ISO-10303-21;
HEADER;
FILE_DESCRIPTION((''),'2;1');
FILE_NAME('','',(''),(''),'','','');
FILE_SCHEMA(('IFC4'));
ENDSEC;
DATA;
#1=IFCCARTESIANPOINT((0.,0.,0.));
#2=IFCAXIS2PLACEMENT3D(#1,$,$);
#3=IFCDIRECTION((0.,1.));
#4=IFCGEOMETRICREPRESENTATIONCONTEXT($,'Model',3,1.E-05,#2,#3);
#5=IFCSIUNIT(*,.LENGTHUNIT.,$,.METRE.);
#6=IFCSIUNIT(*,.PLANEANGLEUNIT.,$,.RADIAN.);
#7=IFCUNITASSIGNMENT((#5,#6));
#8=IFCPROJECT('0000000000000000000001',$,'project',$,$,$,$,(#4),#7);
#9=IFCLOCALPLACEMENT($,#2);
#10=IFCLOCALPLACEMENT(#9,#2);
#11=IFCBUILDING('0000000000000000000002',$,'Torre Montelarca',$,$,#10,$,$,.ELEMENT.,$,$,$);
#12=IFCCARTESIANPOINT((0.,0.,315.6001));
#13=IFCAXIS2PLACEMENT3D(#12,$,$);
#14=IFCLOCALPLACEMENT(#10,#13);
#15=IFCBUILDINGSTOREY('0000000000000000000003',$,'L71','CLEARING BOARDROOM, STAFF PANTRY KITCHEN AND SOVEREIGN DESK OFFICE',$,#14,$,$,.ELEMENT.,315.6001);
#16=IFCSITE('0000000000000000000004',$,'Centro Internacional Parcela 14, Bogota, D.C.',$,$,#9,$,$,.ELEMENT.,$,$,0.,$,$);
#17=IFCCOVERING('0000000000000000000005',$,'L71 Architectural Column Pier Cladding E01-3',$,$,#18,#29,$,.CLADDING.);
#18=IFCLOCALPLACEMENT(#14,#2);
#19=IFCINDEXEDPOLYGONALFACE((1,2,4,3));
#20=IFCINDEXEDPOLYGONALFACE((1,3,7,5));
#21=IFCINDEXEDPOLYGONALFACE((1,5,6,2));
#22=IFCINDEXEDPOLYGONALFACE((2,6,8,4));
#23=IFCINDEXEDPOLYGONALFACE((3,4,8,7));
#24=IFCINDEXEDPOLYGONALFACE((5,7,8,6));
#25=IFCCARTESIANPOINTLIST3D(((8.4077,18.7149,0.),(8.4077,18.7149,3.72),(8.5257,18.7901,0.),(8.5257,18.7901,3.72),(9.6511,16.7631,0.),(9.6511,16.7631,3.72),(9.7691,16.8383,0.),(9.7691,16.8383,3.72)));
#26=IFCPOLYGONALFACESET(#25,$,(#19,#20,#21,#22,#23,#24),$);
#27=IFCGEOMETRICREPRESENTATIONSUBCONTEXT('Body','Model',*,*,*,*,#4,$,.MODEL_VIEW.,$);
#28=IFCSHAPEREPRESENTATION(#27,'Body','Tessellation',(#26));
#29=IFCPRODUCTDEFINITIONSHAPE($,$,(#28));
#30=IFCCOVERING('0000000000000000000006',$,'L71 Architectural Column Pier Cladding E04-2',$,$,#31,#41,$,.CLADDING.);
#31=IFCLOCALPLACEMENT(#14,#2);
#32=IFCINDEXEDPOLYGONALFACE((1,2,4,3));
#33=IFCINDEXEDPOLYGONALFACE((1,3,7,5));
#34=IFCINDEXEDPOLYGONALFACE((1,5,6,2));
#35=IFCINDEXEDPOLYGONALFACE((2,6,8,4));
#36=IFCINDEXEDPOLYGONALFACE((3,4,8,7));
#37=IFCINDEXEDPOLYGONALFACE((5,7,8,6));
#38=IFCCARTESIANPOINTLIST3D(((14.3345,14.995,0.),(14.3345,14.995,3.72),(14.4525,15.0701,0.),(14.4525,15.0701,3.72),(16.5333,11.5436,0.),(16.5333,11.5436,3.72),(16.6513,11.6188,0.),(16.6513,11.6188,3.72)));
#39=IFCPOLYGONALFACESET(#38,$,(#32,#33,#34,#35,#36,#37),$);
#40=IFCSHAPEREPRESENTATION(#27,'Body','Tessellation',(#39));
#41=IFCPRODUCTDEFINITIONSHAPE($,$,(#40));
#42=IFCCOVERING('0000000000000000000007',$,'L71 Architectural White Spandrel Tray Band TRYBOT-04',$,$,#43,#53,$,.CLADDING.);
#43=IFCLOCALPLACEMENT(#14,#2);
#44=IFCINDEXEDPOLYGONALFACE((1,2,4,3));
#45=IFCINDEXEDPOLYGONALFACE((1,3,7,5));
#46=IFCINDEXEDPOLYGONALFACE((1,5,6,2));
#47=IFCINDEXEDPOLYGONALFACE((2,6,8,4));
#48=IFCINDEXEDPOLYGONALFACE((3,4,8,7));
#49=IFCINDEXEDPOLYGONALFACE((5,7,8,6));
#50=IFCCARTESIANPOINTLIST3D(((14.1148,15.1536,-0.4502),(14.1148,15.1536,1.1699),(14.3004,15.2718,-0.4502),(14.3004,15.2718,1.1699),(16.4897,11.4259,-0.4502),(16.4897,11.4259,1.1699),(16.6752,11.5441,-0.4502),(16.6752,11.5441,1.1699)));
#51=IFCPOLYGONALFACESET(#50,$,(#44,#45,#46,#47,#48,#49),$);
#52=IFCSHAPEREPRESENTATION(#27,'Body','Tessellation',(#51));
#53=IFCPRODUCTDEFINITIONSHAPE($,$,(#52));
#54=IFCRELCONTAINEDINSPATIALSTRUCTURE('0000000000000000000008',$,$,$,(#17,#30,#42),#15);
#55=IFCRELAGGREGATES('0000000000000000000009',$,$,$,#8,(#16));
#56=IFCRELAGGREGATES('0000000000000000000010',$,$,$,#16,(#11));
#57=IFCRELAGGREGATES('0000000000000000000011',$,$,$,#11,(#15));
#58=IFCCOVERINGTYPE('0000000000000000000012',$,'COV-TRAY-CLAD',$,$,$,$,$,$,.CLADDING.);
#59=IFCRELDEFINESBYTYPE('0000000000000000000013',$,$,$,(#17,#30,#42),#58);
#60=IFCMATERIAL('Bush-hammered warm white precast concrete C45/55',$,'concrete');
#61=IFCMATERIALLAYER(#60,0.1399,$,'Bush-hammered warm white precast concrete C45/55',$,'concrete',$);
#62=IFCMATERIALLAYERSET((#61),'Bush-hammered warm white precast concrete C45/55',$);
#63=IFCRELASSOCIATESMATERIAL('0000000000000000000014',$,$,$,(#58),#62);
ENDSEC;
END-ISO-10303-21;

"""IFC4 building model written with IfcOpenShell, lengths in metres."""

from ifc_helpers import new_model, si_unit, direction, frame, origin, origin_2d, place, context, subcontext, project, spatial, rectangle, extrude, source, transform, mapped, material, layer, layer_set, type_object, element, save


model = new_model("IFC4")

# Units and contexts
model_context = context("Model", 3, precision=1e-05, world=origin(), true_north=direction((0.0, 1.0)))
body_context = subcontext(model_context, "Body", "Model", "MODEL_VIEW")
ifc_project = project(units=[si_unit("LENGTHUNIT", "METRE"), si_unit("PLANEANGLEUNIT", "RADIAN")], contexts=[model_context])

# Site, building, storey
site_placement = place(None, origin())
site = spatial("IfcSite", under=ifc_project, at=site_placement, Name="Centro Internacional Parcela 14, Bogota, D.C.", CompositionType="ELEMENT", RefElevation=0.0)
building_placement = place(site_placement, origin())
building = spatial("IfcBuilding", under=site, at=building_placement, Name="Torre Montelarca", CompositionType="ELEMENT")
storey_placement = place(building_placement, frame((0.0, 0.0, 315.6001)))
storey = spatial("IfcBuildingStorey", under=building, at=storey_placement, Name="L71", Description="CLEARING BOARDROOM, STAFF PANTRY KITCHEN AND SOVEREIGN DESK OFFICE", CompositionType="ELEMENT", Elevation=315.6001)

# Coverings
ifc_material_1 = material(Name="Bush-hammered warm white precast concrete C45/55", Category="concrete")
ifc_layer_1 = layer(ifc_material_1, 0.1399, Name="Bush-hammered warm white precast concrete C45/55", Category="concrete")
ifc_layer_set_1 = layer_set([ifc_layer_1], Name="Bush-hammered warm white precast concrete C45/55")
covering_type = type_object("IfcCoveringType", Name="COV-TRAY-CLAD", PredefinedType="CLADDING", material=ifc_layer_set_1)
shared_shape_1 = source(origin(), body_context, "Body", "SweptSolid", [
    extrude(rectangle(XDim=2.3142, YDim=0.1399, at=origin_2d()), origin(), (0.0, 0.0, 1.0), 3.72),
])
covering_1_placement = place(storey_placement, frame((9.0884, 17.7766, 0.0), z_axis=(0.0, 0.0, 1.0), x_axis=(0.537301, -0.843391, 0.0)))
element("IfcCovering", 1, at=covering_1_placement, inside=storey, type_object=covering_type, Name="L71 Architectural Column Pier Cladding E01-3", PredefinedType="CLADDING", context=body_context, shape_type="MappedRepresentation", body=[
    mapped(shared_shape_1, transform((0.0, 0.0, 0.0), scale=1.0)),
])
shared_shape_2 = source(origin(), body_context, "Body", "SweptSolid", [
    extrude(rectangle(XDim=4.0923, YDim=0.1399, at=origin_2d()), origin(), (0.0, 0.0, 1.0), 3.72),
])
covering_2_placement = place(storey_placement, frame((15.4929, 13.3069, 0.0), z_axis=(0.0, 0.0, 1.0), x_axis=(0.537313, -0.843383, 0.0)))
element("IfcCovering", 2, at=covering_2_placement, inside=storey, type_object=covering_type, Name="L71 Architectural Column Pier Cladding E04-2", PredefinedType="CLADDING", context=body_context, shape_type="MappedRepresentation", body=[
    mapped(shared_shape_2, transform((0.0, 0.0, 0.0), scale=1.0)),
])
shared_shape_3 = source(origin(), body_context, "Body", "SweptSolid", [
    extrude(rectangle(XDim=4.4199, YDim=0.22, at=origin_2d()), origin(), (0.0, 0.0, 1.0), 1.6201),
])
covering_3_placement = place(storey_placement, frame((15.395, 13.3489, -0.4502), z_axis=(0.0, 0.0, 1.0), x_axis=(0.5373, -0.843391, 0.0)))
element("IfcCovering", 3, at=covering_3_placement, inside=storey, type_object=covering_type, Name="L71 Architectural White Spandrel Tray Band TRYBOT-04", PredefinedType="CLADDING", context=body_context, shape_type="MappedRepresentation", body=[
    mapped(shared_shape_3, transform((0.0, 0.0, 0.0), scale=1.0)),
])

save(model, "model.ifc")
